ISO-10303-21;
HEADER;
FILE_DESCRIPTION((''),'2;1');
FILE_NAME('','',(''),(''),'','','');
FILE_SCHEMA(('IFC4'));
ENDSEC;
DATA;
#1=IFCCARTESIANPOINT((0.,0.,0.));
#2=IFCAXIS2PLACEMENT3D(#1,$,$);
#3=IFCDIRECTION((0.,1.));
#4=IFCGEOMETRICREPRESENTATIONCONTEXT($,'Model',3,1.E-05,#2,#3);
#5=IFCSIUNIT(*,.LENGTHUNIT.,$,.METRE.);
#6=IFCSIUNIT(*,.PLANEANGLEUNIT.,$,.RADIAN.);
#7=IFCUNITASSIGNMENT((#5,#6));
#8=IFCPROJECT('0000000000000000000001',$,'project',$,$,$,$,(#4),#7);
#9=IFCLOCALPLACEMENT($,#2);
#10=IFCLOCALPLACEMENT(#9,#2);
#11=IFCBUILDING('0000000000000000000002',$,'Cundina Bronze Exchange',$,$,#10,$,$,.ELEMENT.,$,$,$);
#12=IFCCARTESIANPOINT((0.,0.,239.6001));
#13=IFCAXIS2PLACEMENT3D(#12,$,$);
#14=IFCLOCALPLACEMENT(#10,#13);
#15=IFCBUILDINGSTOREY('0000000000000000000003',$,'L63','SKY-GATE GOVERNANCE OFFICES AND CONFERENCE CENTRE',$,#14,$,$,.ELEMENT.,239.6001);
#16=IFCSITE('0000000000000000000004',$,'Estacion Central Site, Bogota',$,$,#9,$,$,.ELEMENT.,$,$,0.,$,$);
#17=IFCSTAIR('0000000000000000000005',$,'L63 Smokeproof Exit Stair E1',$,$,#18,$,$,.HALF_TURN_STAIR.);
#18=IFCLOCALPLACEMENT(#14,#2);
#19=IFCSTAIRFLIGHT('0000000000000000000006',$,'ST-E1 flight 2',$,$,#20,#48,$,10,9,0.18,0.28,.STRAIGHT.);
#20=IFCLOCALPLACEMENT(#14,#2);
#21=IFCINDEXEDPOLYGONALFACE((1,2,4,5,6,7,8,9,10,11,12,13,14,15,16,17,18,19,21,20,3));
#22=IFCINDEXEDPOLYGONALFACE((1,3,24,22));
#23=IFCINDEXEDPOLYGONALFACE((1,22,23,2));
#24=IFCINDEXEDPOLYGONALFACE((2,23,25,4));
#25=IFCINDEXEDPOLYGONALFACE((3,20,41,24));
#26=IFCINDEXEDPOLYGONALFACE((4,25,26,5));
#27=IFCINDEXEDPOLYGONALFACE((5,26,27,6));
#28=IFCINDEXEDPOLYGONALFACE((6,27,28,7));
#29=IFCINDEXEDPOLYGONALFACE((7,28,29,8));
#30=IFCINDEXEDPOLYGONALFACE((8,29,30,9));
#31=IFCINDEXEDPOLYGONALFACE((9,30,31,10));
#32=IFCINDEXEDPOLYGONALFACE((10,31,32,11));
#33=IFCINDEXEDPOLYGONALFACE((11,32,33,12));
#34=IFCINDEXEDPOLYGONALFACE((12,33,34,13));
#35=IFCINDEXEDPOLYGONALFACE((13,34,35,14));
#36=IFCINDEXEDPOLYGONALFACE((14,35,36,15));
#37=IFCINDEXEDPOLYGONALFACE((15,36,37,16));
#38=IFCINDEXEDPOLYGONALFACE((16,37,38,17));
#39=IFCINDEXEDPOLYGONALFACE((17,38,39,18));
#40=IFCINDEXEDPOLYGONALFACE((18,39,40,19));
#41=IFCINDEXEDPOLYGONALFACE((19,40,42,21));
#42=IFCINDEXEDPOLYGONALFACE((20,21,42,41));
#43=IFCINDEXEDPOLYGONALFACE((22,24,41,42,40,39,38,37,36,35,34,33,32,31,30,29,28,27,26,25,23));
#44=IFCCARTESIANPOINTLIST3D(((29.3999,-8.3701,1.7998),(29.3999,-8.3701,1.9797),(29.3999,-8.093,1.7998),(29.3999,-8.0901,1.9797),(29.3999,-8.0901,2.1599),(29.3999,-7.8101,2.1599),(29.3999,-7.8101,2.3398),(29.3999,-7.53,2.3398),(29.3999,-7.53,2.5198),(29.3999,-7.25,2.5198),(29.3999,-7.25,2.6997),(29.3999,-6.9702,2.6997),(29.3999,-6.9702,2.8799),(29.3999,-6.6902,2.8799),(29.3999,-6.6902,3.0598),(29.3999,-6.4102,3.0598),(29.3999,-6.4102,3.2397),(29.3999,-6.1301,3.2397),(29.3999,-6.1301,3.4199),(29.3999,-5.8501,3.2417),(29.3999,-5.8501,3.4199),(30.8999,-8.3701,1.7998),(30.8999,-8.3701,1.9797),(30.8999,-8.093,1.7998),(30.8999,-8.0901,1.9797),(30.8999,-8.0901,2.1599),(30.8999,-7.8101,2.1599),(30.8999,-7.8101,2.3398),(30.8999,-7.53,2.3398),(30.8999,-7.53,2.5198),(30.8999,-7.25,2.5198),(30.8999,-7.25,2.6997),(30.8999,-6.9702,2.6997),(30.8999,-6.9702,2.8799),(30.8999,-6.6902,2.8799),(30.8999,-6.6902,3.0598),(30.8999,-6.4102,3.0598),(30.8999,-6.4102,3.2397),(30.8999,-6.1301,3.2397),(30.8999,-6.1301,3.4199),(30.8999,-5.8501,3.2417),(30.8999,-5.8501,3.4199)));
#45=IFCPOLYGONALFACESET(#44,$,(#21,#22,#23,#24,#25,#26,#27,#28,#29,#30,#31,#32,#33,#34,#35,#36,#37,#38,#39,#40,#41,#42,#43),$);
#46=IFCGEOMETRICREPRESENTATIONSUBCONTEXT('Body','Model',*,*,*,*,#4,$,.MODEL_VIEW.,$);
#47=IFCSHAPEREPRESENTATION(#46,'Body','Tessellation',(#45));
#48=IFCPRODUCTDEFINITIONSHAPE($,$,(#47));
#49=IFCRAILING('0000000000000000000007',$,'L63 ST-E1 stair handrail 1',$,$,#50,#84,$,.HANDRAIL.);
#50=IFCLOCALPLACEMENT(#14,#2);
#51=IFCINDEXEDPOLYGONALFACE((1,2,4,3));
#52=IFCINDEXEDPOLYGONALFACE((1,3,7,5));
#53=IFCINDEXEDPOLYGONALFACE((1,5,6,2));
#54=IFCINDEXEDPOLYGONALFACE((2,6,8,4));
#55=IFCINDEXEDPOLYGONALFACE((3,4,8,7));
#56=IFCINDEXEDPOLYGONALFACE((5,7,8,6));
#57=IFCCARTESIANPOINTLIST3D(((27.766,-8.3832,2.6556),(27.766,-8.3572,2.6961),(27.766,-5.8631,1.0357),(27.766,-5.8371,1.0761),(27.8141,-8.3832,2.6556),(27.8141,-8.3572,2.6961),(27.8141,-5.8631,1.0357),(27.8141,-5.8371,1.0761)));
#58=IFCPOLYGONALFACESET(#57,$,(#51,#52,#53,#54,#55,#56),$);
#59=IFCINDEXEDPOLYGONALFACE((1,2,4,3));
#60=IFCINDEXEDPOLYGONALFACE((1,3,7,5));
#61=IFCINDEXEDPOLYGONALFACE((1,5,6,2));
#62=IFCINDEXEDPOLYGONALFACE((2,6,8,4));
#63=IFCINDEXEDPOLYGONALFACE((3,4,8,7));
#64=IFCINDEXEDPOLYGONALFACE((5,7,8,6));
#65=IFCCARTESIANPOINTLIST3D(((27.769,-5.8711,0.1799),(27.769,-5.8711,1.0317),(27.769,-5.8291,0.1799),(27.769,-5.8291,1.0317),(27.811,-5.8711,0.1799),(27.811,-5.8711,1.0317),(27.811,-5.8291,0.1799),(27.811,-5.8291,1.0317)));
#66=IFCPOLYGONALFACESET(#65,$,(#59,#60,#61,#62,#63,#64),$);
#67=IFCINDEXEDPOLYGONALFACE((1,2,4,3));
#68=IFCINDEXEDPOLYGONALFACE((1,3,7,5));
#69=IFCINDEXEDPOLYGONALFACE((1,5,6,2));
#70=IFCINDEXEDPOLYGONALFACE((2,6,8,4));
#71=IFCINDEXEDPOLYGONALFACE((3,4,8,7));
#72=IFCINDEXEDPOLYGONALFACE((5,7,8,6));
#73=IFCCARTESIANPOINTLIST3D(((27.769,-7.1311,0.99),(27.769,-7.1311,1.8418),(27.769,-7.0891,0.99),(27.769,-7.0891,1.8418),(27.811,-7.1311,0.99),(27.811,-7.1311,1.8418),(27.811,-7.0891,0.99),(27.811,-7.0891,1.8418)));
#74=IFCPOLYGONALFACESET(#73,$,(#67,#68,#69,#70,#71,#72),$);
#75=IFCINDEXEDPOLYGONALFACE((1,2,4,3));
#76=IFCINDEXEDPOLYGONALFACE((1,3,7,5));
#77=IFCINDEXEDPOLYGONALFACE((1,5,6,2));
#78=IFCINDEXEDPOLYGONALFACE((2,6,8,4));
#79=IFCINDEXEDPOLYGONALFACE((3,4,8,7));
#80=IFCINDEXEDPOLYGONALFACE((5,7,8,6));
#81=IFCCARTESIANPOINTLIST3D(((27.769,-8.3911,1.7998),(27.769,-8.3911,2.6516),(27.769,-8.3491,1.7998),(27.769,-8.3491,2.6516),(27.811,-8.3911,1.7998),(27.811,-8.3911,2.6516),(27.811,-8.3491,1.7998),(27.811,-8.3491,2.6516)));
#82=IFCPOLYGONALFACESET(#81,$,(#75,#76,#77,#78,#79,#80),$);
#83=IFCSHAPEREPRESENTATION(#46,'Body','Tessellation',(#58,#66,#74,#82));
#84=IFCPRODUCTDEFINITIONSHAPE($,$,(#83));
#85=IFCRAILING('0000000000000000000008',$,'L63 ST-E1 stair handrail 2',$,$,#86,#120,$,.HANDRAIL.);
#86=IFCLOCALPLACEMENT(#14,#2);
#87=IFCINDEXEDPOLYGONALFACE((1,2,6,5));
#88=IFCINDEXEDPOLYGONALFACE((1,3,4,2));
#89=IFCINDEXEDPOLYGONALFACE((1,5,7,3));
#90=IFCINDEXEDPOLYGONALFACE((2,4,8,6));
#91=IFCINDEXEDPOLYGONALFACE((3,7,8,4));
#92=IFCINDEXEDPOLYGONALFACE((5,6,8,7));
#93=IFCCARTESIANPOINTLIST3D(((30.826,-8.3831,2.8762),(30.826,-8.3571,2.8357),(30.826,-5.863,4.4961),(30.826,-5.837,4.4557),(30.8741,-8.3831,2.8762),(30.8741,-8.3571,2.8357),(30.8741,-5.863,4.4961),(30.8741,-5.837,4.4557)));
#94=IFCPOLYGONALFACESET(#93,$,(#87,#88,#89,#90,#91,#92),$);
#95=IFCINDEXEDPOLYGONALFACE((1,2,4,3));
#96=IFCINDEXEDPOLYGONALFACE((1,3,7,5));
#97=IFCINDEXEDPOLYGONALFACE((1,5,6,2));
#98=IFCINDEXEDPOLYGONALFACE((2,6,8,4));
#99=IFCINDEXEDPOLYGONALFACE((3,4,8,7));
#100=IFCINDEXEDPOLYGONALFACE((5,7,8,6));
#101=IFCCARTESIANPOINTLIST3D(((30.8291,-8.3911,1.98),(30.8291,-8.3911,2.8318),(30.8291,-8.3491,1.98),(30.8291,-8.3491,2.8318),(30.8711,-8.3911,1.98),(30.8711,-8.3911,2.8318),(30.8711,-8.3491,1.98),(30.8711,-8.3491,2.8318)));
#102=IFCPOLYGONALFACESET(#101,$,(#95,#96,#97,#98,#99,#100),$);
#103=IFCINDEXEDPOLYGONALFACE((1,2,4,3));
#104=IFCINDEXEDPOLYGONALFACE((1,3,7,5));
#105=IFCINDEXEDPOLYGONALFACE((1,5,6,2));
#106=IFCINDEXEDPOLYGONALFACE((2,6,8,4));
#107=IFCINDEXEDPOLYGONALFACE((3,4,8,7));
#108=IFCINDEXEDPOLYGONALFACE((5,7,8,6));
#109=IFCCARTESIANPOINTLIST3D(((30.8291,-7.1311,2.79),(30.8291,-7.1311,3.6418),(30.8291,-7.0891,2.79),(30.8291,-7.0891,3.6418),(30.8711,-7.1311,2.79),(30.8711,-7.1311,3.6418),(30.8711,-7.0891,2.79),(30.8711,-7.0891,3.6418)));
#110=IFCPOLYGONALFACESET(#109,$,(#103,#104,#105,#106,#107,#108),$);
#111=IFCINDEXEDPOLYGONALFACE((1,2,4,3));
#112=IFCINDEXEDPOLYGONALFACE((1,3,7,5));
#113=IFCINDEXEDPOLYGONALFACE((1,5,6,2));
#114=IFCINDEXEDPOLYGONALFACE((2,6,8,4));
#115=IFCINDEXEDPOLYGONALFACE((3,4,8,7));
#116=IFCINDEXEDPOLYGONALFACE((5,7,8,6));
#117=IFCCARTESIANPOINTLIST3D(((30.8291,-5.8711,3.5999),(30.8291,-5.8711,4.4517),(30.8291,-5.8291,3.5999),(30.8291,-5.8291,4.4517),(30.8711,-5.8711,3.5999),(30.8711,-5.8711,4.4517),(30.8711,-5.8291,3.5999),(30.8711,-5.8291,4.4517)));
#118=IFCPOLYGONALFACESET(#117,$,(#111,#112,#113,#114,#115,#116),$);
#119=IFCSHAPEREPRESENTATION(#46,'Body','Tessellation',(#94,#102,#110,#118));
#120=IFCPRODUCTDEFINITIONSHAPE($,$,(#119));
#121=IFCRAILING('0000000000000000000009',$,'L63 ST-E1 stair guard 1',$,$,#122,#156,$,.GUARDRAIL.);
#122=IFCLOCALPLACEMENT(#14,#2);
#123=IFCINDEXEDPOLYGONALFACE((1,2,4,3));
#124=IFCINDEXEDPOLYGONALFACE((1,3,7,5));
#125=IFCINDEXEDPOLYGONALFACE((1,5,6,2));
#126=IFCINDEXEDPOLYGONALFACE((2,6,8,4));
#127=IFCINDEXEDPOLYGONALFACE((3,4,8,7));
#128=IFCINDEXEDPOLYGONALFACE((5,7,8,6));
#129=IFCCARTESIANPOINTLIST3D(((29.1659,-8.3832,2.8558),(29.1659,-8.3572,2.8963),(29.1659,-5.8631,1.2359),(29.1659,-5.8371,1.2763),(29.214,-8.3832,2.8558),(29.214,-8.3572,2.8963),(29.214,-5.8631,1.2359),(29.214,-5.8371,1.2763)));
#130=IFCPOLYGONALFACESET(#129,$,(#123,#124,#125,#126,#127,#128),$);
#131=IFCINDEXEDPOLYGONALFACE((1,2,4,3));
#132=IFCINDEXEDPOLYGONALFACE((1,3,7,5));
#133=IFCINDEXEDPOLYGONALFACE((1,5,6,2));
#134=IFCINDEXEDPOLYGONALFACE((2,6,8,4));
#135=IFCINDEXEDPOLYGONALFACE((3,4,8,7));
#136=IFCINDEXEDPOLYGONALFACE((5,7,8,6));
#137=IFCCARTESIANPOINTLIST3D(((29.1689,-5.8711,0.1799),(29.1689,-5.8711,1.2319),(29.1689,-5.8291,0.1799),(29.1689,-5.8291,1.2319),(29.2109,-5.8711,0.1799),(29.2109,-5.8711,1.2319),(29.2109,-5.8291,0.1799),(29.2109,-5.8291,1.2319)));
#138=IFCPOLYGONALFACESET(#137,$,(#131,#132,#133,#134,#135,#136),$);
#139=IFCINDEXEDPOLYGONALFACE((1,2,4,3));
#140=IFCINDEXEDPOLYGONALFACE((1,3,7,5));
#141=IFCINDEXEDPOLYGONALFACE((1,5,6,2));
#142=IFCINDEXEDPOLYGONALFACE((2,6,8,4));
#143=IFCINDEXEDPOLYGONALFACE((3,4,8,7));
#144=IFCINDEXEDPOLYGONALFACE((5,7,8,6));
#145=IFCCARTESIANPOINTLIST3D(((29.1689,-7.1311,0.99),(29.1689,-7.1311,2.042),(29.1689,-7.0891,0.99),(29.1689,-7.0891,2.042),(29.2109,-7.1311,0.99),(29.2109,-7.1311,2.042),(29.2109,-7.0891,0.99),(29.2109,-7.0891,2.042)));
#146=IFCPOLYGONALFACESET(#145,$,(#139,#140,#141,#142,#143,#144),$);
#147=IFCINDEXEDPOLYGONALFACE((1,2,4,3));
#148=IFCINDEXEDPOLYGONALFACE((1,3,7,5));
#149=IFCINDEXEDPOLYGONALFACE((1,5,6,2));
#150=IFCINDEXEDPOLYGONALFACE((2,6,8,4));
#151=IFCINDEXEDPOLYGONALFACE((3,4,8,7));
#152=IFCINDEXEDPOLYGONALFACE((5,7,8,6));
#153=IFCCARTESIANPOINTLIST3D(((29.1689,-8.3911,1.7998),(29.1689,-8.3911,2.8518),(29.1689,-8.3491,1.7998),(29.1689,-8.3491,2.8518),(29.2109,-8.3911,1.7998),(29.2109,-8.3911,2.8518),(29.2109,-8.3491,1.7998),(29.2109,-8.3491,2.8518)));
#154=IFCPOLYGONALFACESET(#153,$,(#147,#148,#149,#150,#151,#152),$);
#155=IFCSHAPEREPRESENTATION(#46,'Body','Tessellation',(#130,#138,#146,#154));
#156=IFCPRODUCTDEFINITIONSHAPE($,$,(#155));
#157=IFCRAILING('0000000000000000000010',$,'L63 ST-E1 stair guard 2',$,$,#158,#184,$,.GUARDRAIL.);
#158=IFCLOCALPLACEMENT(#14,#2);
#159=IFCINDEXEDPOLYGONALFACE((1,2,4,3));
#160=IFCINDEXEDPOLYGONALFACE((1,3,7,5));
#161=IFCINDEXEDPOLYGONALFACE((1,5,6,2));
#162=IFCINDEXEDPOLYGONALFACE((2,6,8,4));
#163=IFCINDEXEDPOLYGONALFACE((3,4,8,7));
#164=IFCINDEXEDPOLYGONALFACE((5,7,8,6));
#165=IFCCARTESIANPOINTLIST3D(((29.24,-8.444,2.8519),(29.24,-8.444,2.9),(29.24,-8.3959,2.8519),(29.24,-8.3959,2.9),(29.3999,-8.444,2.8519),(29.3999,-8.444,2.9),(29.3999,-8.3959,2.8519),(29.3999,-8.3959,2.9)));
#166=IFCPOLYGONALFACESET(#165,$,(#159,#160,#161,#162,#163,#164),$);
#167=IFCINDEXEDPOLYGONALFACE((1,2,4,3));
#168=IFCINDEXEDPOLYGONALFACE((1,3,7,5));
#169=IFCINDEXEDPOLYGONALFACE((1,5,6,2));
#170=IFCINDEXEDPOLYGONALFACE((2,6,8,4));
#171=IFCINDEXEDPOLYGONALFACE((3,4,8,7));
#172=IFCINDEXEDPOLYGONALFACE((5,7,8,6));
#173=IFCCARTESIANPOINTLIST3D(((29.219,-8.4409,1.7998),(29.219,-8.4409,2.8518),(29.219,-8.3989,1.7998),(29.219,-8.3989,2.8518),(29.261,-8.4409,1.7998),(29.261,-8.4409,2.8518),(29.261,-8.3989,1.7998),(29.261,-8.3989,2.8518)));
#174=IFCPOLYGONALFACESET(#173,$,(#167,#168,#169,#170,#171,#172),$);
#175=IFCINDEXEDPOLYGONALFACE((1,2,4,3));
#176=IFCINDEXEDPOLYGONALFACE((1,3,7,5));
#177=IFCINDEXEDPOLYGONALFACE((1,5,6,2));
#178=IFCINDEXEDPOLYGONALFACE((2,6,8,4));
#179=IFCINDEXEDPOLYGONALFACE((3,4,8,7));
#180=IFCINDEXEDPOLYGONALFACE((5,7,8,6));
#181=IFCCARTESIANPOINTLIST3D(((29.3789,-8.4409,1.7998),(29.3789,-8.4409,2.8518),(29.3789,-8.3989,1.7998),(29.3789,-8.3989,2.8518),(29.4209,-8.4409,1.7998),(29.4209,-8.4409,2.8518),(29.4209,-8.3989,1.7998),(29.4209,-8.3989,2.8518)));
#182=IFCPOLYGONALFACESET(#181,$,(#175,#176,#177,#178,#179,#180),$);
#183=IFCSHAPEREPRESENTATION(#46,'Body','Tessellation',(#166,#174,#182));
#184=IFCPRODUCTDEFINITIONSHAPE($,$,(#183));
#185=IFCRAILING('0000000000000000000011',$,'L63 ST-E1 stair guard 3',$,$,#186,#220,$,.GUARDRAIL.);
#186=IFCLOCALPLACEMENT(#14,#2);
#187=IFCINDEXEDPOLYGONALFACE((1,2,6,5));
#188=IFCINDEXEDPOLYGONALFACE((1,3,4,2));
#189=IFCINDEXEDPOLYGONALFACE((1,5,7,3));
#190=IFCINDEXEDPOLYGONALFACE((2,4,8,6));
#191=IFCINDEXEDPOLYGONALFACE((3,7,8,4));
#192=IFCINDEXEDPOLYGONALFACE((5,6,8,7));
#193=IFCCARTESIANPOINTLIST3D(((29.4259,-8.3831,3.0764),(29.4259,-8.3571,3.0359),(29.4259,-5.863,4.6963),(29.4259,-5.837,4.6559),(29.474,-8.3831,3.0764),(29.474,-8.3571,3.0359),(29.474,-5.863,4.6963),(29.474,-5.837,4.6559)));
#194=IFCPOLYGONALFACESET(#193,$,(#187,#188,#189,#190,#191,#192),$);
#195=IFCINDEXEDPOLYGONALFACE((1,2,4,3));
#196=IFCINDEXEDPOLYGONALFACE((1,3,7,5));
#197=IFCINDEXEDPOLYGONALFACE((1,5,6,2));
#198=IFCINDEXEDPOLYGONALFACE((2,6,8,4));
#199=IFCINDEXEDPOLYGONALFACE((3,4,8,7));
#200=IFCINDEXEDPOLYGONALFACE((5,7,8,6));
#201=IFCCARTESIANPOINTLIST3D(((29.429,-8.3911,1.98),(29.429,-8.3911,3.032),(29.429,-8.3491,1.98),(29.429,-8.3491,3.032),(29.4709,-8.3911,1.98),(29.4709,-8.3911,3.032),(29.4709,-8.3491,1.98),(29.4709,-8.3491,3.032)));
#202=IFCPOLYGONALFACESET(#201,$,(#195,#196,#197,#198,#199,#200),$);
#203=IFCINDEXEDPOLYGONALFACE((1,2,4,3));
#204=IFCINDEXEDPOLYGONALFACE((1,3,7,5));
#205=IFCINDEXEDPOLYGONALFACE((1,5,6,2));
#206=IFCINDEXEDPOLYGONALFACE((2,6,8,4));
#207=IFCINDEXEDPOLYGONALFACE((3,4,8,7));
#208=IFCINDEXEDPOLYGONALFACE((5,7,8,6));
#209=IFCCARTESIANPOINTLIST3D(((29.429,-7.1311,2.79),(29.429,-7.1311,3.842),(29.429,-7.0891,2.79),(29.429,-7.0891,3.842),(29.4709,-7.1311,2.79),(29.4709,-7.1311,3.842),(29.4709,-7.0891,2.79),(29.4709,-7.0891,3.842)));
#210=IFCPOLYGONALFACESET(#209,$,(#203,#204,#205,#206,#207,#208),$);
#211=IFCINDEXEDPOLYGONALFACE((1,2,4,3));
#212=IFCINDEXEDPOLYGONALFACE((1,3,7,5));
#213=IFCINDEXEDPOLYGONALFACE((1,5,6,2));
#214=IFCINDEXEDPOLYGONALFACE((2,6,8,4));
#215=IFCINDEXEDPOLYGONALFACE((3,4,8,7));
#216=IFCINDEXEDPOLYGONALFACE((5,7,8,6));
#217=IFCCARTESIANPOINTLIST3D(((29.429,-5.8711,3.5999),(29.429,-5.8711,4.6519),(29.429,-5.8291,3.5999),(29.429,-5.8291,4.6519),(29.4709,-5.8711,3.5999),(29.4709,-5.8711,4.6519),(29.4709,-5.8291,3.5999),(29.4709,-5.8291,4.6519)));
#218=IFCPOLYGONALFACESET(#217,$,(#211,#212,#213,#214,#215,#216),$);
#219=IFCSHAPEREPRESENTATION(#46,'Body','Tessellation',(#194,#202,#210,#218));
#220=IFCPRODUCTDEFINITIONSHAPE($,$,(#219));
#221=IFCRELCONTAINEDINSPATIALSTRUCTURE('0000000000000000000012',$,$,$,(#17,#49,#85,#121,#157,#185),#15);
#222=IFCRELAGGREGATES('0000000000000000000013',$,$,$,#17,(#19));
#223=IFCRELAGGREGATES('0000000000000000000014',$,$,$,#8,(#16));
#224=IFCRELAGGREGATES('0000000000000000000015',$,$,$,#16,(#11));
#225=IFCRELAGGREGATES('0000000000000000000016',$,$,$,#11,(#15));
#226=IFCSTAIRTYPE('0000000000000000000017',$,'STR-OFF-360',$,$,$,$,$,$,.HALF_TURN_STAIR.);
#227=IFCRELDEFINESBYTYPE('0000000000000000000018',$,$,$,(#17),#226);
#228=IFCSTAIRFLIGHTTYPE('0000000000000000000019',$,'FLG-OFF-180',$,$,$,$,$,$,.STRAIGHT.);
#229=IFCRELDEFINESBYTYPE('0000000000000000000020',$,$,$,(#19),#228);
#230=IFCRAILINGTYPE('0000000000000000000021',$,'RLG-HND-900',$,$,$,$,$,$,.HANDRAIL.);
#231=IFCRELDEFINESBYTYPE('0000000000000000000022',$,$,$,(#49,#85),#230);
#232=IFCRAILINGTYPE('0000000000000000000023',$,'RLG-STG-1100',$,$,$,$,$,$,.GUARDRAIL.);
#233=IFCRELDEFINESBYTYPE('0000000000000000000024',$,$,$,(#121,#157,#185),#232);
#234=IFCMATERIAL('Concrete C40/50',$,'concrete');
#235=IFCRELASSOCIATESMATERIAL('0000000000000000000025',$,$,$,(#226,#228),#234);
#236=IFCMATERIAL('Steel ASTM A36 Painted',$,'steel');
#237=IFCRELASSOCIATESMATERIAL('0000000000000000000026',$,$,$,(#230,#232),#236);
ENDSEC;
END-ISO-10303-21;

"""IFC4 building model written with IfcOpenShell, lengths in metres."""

from ifc_helpers import new_model, si_unit, direction, frame, origin, origin_2d, place, context, subcontext, project, spatial, polyline, rectangle, outline, extrude, material, type_object, element, aggregate, save


model = new_model("IFC4")

# Units and contexts
model_context = context("Model", 3, precision=1e-05, world=origin(), true_north=direction((0.0, 1.0)))
body_context = subcontext(model_context, "Body", "Model", "MODEL_VIEW")
ifc_project = project(units=[si_unit("LENGTHUNIT", "METRE"), si_unit("PLANEANGLEUNIT", "RADIAN")], contexts=[model_context])

# Site, building, storey
site_placement = place(None, origin())
site = spatial("IfcSite", under=ifc_project, at=site_placement, Name="Estacion Central Site, Bogota", CompositionType="ELEMENT", RefElevation=0.0)
building_placement = place(site_placement, origin())
building = spatial("IfcBuilding", under=site, at=building_placement, Name="Cundina Bronze Exchange", CompositionType="ELEMENT")
storey_placement = place(building_placement, frame((0.0, 0.0, 239.6001)))
storey = spatial("IfcBuildingStorey", under=building, at=storey_placement, Name="L63", Description="SKY-GATE GOVERNANCE OFFICES AND CONFERENCE CENTRE", CompositionType="ELEMENT", Elevation=239.6001)

# Shared definitions
ifc_material_1 = material(Name="Steel ASTM A36 Painted", Category="steel")

# Stair, stair flight
ifc_material_2 = material(Name="Concrete C40/50", Category="concrete")
stair_type = type_object("IfcStairType", Name="STR-OFF-360", PredefinedType="HALF_TURN_STAIR", material=ifc_material_2)
stair_placement = place(storey_placement, origin())
stair = element("IfcStair", 1, at=stair_placement, inside=storey, type_object=stair_type, Name="L63 Smokeproof Exit Stair E1", PredefinedType="HALF_TURN_STAIR")
stair_flight_type = type_object("IfcStairFlightType", Name="FLG-OFF-180", PredefinedType="STRAIGHT", material=ifc_material_2)
stair_flight_1_placement = place(storey_placement, frame((30.1499, -8.3701, 1.7998), z_axis=(0.0, 0.0, 1.0), x_axis=(0.0, 1.0, 0.0)))
stair_flight_1 = element("IfcStairFlight", 2, at=stair_flight_1_placement, type_object=stair_flight_type, Name="ST-E1 flight 2", NumberOfRisers=10, NumberOfTreads=9, PredefinedType="STRAIGHT", RiserHeight=0.18, TreadLength=0.28, context=body_context, shape_type="SweptSolid", body=[
    extrude(outline(polyline([(0.0, 0.0), (0.0, 0.1799), (0.28, 0.1799), (0.28, 0.3601), (0.5601, 0.3601), (0.5601, 0.54), (0.8401, 0.54), (0.8401, 0.72), (1.1201, 0.72), (1.1201, 0.8999), (1.3999, 0.8999), (1.3999, 1.0801), (1.6799, 1.0801), (1.6799, 1.26), (1.96, 1.26), (1.96, 1.4399), (2.24, 1.4399), (2.24, 1.6201), (2.52, 1.6201), (2.52, 1.8), (2.52, 1.4419), (0.2771, 0.0), (0.0, 0.0)])), frame((0.0, 0.75, 0.0), z_axis=(0.0, -1.0, 0.0), x_axis=(1.0, 0.0, 0.0)), (0.0, 0.0, 1.0), 1.5),
])
aggregate(stair, [stair_flight_1])

# Railings
railing_type_1 = type_object("IfcRailingType", Name="RLG-HND-900", PredefinedType="HANDRAIL", material=ifc_material_1)
railing_1_placement = place(storey_placement, frame((27.79, -5.8501, 0.1799)))
element("IfcRailing", 3, at=railing_1_placement, inside=storey, type_object=railing_type_1, Name="L63 ST-E1 stair handrail 1", PredefinedType="HANDRAIL", context=body_context, shape_type="SweptSolid", body=[
    extrude(rectangle(XDim=0.0481, YDim=0.0481, at=origin_2d()), frame((0.0, 0.0, 0.876), z_axis=(0.0, -0.8412, 0.540725), x_axis=(1.0, 0.0, 0.0)), (0.0, 0.0, 1.0), 2.9958),
    extrude(rectangle(XDim=0.042, YDim=0.042, at=origin_2d()), origin(), (0.0, 0.0, 1.0), 0.8518),
    extrude(rectangle(XDim=0.042, YDim=0.042, at=origin_2d()), frame((0.0, -1.26, 0.8101)), (0.0, 0.0, 1.0), 0.8518),
    extrude(rectangle(XDim=0.042, YDim=0.042, at=origin_2d()), frame((0.0, -2.52, 1.6199)), (0.0, 0.0, 1.0), 0.8518),
])
railing_2_placement = place(storey_placement, frame((30.8501, -8.3701, 1.98)))
element("IfcRailing", 4, at=railing_2_placement, inside=storey, type_object=railing_type_1, Name="L63 ST-E1 stair handrail 2", PredefinedType="HANDRAIL", context=body_context, shape_type="SweptSolid", body=[
    extrude(rectangle(XDim=0.0481, YDim=0.0481, at=origin_2d()), frame((0.0, 0.0, 0.876), z_axis=(0.0, 0.8412, 0.540725), x_axis=(-1.0, 0.0, 0.0)), (0.0, 0.0, 1.0), 2.9958),
    extrude(rectangle(XDim=0.042, YDim=0.042, at=origin_2d()), origin(), (0.0, 0.0, 1.0), 0.8518),
    extrude(rectangle(XDim=0.042, YDim=0.042, at=origin_2d()), frame((0.0, 1.26, 0.8101)), (0.0, 0.0, 1.0), 0.8518),
    extrude(rectangle(XDim=0.042, YDim=0.042, at=origin_2d()), frame((0.0, 2.52, 1.6199)), (0.0, 0.0, 1.0), 0.8518),
])
railing_type_2 = type_object("IfcRailingType", Name="RLG-STG-1100", PredefinedType="GUARDRAIL", material=ifc_material_1)
railing_3_placement = place(storey_placement, frame((29.1899, -5.8501, 0.1799)))
element("IfcRailing", 5, at=railing_3_placement, inside=storey, type_object=railing_type_2, Name="L63 ST-E1 stair guard 1", PredefinedType="GUARDRAIL", context=body_context, shape_type="SweptSolid", body=[
    extrude(rectangle(XDim=0.0481, YDim=0.0481, at=origin_2d()), frame((0.0, 0.0, 1.0762), z_axis=(0.0, -0.8412, 0.540725), x_axis=(1.0, 0.0, 0.0)), (0.0, 0.0, 1.0), 2.9958),
    extrude(rectangle(XDim=0.042, YDim=0.042, at=origin_2d()), origin(), (0.0, 0.0, 1.0), 1.052),
    extrude(rectangle(XDim=0.042, YDim=0.042, at=origin_2d()), frame((0.0, -1.26, 0.8101)), (0.0, 0.0, 1.0), 1.052),
    extrude(rectangle(XDim=0.042, YDim=0.042, at=origin_2d()), frame((0.0, -2.52, 1.6199)), (0.0, 0.0, 1.0), 1.052),
])
railing_4_placement = place(storey_placement, frame((29.24, -8.4199, 1.7998)))
element("IfcRailing", 6, at=railing_4_placement, inside=storey, type_object=railing_type_2, Name="L63 ST-E1 stair guard 2", PredefinedType="GUARDRAIL", context=body_context, shape_type="SweptSolid", body=[
    extrude(rectangle(XDim=0.0481, YDim=0.0481, at=origin_2d()), frame((0.0, 0.0, 1.0762), z_axis=(1.0, 0.0, 0.0), x_axis=(0.0, 1.0, 0.0)), (0.0, 0.0, 1.0), 0.1599),
    extrude(rectangle(XDim=0.042, YDim=0.042, at=origin_2d()), origin(), (0.0, 0.0, 1.0), 1.052),
    extrude(rectangle(XDim=0.042, YDim=0.042, at=origin_2d()), frame((0.1599, 0.0, 0.0)), (0.0, 0.0, 1.0), 1.052),
])
railing_5_placement = place(storey_placement, frame((29.45, -8.3701, 1.98)))
element("IfcRailing", 7, at=railing_5_placement, inside=storey, type_object=railing_type_2, Name="L63 ST-E1 stair guard 3", PredefinedType="GUARDRAIL", context=body_context, shape_type="SweptSolid", body=[
    extrude(rectangle(XDim=0.0481, YDim=0.0481, at=origin_2d()), frame((0.0, 0.0, 1.0762), z_axis=(0.0, 0.8412, 0.540725), x_axis=(-1.0, 0.0, 0.0)), (0.0, 0.0, 1.0), 2.9958),
    extrude(rectangle(XDim=0.042, YDim=0.042, at=origin_2d()), origin(), (0.0, 0.0, 1.0), 1.052),
    extrude(rectangle(XDim=0.042, YDim=0.042, at=origin_2d()), frame((0.0, 1.26, 0.8101)), (0.0, 0.0, 1.0), 1.052),
    extrude(rectangle(XDim=0.042, YDim=0.042, at=origin_2d()), frame((0.0, 2.52, 1.6199)), (0.0, 0.0, 1.0), 1.052),
])

save(model, "model.ifc")
